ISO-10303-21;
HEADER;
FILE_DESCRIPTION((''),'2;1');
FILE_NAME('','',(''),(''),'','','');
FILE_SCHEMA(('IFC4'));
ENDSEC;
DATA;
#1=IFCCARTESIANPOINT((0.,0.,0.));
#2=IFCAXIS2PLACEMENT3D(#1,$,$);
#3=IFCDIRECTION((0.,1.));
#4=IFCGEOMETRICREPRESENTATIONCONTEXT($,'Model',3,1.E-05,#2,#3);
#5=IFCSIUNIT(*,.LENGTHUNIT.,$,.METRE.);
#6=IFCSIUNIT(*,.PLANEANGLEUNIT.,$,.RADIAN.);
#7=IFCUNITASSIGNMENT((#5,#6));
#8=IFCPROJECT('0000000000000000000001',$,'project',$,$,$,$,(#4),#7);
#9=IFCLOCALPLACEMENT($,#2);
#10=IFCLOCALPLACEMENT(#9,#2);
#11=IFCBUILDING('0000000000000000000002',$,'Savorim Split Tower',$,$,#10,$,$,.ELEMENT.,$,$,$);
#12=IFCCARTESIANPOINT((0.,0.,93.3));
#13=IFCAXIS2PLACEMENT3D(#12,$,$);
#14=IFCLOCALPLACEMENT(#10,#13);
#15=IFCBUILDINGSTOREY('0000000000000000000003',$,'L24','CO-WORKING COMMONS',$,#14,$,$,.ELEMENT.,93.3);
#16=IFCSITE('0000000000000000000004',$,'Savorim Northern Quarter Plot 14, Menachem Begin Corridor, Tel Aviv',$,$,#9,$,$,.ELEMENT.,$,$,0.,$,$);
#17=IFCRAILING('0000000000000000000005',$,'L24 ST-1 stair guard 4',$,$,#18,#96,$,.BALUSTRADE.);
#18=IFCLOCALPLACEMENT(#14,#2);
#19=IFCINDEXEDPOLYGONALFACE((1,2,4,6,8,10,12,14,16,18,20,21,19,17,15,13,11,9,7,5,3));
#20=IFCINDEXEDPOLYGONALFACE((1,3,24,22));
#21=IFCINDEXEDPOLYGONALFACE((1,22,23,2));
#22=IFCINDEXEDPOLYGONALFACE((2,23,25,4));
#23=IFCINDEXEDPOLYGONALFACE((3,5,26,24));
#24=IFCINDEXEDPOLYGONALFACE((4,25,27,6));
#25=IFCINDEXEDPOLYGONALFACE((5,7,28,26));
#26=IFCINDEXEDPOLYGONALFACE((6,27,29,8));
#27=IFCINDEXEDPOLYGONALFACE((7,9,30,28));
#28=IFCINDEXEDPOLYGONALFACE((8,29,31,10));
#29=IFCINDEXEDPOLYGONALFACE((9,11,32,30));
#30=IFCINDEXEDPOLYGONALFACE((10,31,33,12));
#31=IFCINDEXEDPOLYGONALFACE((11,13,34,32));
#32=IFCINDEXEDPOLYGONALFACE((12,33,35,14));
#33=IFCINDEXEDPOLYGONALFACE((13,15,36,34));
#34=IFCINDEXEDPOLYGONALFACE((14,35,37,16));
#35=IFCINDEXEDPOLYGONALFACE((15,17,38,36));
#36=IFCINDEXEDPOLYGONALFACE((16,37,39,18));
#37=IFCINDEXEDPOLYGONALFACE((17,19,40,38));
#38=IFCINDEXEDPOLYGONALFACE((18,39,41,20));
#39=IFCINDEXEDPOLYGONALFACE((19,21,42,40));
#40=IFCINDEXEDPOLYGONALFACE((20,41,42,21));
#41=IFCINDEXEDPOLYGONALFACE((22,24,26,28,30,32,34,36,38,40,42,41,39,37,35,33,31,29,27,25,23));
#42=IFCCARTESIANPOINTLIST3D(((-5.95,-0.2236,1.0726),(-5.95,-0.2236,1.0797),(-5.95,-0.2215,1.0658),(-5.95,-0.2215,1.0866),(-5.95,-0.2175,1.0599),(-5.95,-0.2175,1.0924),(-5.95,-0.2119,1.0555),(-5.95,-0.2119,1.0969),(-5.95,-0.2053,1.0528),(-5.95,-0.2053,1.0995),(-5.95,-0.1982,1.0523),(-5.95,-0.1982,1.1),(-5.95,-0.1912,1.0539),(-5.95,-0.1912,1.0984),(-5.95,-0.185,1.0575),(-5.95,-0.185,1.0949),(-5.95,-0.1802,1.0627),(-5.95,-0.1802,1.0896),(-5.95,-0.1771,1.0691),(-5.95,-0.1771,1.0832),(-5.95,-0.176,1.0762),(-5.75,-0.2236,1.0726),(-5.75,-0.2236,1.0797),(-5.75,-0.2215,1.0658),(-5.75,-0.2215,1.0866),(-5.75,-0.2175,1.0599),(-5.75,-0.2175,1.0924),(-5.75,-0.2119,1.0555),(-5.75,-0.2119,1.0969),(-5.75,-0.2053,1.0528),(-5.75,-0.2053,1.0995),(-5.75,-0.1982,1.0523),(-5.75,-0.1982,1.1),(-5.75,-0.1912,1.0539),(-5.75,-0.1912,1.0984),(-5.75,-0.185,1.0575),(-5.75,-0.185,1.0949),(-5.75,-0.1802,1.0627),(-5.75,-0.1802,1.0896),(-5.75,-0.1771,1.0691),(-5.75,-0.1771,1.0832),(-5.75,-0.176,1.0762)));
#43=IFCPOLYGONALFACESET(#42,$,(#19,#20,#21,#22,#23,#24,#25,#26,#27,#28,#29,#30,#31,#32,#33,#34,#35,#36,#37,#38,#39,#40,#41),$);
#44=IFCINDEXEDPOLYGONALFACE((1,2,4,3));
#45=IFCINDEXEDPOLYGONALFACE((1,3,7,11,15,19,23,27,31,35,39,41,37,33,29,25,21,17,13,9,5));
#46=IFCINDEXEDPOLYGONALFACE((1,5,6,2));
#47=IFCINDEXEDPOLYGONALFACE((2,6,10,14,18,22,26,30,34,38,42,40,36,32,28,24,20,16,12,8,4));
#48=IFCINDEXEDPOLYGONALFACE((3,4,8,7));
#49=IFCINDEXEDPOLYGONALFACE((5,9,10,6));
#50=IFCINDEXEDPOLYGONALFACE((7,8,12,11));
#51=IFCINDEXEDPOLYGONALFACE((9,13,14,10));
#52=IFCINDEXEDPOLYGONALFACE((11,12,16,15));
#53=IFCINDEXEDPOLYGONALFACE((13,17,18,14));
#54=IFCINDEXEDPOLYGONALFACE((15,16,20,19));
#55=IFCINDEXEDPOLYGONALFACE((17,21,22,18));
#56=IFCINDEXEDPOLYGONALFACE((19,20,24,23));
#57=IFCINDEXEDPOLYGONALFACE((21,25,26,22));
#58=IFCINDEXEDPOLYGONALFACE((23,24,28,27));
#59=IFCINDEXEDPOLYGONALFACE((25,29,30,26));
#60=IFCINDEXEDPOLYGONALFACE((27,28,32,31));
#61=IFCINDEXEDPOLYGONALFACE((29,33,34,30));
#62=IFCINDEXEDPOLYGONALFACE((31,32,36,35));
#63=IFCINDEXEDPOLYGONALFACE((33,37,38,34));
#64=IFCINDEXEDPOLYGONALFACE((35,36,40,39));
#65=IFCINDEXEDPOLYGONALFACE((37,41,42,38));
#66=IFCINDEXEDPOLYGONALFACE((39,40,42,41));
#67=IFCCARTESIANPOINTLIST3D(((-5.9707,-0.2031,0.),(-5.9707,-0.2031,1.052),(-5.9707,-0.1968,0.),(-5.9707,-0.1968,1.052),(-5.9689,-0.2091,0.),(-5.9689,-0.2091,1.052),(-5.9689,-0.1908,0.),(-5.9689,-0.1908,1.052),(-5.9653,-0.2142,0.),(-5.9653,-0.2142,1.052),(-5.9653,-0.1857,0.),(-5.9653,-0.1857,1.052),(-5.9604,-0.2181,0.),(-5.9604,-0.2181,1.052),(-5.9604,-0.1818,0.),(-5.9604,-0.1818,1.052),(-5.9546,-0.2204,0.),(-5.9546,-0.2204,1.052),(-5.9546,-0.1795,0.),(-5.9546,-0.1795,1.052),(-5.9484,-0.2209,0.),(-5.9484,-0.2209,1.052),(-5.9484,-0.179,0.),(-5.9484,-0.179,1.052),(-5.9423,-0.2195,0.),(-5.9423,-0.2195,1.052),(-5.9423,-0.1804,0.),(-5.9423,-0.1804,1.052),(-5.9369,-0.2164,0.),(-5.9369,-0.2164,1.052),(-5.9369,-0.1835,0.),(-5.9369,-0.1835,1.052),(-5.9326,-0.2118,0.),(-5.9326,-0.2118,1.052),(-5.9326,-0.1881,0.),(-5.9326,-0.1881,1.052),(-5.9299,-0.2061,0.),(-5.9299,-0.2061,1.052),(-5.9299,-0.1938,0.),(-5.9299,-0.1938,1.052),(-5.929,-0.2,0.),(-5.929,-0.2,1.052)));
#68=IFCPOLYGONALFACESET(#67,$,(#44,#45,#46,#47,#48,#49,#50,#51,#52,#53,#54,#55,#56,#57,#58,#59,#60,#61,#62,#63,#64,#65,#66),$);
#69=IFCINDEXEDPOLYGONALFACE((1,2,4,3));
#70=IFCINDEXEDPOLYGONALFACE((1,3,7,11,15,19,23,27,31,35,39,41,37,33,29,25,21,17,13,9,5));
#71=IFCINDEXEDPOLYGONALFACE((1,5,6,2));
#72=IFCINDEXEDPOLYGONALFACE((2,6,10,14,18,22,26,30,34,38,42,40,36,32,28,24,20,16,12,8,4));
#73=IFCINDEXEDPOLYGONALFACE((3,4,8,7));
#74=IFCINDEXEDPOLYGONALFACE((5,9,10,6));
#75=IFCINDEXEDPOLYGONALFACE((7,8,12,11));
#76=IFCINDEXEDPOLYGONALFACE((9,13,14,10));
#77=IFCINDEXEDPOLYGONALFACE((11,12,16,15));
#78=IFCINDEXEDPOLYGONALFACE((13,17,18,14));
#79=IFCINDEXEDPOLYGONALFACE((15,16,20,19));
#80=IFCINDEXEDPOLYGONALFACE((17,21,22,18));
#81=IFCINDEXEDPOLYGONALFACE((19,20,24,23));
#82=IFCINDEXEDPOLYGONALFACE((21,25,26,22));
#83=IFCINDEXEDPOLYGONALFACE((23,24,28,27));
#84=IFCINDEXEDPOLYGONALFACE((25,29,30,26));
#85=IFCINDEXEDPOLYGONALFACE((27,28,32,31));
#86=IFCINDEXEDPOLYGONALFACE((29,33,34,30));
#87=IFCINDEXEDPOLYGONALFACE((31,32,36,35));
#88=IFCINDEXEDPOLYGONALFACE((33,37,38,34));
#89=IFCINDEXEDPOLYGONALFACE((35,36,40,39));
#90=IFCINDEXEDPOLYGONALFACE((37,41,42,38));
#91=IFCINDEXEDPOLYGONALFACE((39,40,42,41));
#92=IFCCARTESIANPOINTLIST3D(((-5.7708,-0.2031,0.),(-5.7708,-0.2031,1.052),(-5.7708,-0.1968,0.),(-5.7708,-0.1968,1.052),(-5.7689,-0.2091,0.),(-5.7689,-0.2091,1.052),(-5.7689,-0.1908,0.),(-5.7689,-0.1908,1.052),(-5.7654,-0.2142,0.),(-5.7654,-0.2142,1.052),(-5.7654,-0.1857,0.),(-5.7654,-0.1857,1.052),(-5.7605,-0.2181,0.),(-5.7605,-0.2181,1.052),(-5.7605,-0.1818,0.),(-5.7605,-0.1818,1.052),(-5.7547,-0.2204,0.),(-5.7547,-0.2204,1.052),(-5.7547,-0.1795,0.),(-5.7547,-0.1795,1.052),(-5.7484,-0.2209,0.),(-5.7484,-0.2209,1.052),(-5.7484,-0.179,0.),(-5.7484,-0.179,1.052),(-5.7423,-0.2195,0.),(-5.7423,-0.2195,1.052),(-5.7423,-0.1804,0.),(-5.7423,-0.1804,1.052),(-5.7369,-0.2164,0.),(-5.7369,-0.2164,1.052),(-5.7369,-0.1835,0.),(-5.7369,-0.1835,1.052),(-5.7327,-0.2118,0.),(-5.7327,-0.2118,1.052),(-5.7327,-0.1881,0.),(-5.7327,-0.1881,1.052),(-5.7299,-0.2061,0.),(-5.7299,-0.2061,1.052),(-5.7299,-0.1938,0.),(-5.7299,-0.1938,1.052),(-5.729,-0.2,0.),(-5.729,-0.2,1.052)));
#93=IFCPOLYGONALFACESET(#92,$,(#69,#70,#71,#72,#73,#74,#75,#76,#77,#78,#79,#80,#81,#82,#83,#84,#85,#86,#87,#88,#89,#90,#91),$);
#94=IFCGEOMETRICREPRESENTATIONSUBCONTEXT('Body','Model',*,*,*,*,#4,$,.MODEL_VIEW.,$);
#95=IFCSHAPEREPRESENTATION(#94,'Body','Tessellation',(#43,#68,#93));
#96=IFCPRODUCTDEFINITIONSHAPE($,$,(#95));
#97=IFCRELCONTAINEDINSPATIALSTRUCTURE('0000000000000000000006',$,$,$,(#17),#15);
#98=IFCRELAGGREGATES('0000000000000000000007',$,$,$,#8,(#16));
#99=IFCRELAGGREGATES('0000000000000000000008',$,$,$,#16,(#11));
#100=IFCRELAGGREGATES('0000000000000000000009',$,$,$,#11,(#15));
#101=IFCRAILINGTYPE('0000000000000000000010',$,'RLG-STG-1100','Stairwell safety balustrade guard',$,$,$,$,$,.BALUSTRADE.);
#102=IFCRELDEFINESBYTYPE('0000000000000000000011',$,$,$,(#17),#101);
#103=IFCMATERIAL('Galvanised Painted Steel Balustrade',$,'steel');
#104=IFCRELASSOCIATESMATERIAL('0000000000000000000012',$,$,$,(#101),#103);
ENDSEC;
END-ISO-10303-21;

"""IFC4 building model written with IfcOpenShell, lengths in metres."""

from ifc_helpers import new_model, si_unit, direction, frame, origin, origin_2d, place, context, subcontext, project, spatial, circle, extrude, material, type_object, element, save


model = new_model("IFC4")

# Units and contexts
model_context = context("Model", 3, precision=1e-05, world=origin(), true_north=direction((0.0, 1.0)))
body_context = subcontext(model_context, "Body", "Model", "MODEL_VIEW")
ifc_project = project(units=[si_unit("LENGTHUNIT", "METRE"), si_unit("PLANEANGLEUNIT", "RADIAN")], contexts=[model_context])

# Site, building, storey
site_placement = place(None, origin())
site = spatial("IfcSite", under=ifc_project, at=site_placement, Name="Savorim Northern Quarter Plot 14, Menachem Begin Corridor, Tel Aviv", CompositionType="ELEMENT", RefElevation=0.0)
building_placement = place(site_placement, origin())
building = spatial("IfcBuilding", under=site, at=building_placement, Name="Savorim Split Tower", CompositionType="ELEMENT")
storey_placement = place(building_placement, frame((0.0, 0.0, 93.3)))
storey = spatial("IfcBuildingStorey", under=building, at=storey_placement, Name="L24", Description="CO-WORKING COMMONS", CompositionType="ELEMENT", Elevation=93.3)

# Railing
ifc_material_1 = material(Name="Galvanised Painted Steel Balustrade", Category="steel")
railing_type_1 = type_object("IfcRailingType", Name="RLG-STG-1100", Description="Stairwell safety balustrade guard", PredefinedType="BALUSTRADE", material=ifc_material_1)
railing_1_placement = place(storey_placement, frame((-5.95, -0.2, 0.0)))
element("IfcRailing", 1, at=railing_1_placement, inside=storey, type_object=railing_type_1, Name="L24 ST-1 stair guard 4", PredefinedType="BALUSTRADE", context=body_context, shape_type="SweptSolid", body=[
    extrude(circle(Radius=0.0239, at=origin_2d()), frame((0.0, 0.0, 1.0762), z_axis=(1.0, 0.0, 0.0), x_axis=(0.0, 1.0, 0.0)), (0.0, 0.0, 1.0), 0.2),
    extrude(circle(Radius=0.021, at=origin_2d()), origin(), (0.0, 0.0, 1.0), 1.052),
    extrude(circle(Radius=0.021, at=origin_2d()), frame((0.2, 0.0, 0.0)), (0.0, 0.0, 1.0), 1.052),
])

save(model, "model.ifc")
